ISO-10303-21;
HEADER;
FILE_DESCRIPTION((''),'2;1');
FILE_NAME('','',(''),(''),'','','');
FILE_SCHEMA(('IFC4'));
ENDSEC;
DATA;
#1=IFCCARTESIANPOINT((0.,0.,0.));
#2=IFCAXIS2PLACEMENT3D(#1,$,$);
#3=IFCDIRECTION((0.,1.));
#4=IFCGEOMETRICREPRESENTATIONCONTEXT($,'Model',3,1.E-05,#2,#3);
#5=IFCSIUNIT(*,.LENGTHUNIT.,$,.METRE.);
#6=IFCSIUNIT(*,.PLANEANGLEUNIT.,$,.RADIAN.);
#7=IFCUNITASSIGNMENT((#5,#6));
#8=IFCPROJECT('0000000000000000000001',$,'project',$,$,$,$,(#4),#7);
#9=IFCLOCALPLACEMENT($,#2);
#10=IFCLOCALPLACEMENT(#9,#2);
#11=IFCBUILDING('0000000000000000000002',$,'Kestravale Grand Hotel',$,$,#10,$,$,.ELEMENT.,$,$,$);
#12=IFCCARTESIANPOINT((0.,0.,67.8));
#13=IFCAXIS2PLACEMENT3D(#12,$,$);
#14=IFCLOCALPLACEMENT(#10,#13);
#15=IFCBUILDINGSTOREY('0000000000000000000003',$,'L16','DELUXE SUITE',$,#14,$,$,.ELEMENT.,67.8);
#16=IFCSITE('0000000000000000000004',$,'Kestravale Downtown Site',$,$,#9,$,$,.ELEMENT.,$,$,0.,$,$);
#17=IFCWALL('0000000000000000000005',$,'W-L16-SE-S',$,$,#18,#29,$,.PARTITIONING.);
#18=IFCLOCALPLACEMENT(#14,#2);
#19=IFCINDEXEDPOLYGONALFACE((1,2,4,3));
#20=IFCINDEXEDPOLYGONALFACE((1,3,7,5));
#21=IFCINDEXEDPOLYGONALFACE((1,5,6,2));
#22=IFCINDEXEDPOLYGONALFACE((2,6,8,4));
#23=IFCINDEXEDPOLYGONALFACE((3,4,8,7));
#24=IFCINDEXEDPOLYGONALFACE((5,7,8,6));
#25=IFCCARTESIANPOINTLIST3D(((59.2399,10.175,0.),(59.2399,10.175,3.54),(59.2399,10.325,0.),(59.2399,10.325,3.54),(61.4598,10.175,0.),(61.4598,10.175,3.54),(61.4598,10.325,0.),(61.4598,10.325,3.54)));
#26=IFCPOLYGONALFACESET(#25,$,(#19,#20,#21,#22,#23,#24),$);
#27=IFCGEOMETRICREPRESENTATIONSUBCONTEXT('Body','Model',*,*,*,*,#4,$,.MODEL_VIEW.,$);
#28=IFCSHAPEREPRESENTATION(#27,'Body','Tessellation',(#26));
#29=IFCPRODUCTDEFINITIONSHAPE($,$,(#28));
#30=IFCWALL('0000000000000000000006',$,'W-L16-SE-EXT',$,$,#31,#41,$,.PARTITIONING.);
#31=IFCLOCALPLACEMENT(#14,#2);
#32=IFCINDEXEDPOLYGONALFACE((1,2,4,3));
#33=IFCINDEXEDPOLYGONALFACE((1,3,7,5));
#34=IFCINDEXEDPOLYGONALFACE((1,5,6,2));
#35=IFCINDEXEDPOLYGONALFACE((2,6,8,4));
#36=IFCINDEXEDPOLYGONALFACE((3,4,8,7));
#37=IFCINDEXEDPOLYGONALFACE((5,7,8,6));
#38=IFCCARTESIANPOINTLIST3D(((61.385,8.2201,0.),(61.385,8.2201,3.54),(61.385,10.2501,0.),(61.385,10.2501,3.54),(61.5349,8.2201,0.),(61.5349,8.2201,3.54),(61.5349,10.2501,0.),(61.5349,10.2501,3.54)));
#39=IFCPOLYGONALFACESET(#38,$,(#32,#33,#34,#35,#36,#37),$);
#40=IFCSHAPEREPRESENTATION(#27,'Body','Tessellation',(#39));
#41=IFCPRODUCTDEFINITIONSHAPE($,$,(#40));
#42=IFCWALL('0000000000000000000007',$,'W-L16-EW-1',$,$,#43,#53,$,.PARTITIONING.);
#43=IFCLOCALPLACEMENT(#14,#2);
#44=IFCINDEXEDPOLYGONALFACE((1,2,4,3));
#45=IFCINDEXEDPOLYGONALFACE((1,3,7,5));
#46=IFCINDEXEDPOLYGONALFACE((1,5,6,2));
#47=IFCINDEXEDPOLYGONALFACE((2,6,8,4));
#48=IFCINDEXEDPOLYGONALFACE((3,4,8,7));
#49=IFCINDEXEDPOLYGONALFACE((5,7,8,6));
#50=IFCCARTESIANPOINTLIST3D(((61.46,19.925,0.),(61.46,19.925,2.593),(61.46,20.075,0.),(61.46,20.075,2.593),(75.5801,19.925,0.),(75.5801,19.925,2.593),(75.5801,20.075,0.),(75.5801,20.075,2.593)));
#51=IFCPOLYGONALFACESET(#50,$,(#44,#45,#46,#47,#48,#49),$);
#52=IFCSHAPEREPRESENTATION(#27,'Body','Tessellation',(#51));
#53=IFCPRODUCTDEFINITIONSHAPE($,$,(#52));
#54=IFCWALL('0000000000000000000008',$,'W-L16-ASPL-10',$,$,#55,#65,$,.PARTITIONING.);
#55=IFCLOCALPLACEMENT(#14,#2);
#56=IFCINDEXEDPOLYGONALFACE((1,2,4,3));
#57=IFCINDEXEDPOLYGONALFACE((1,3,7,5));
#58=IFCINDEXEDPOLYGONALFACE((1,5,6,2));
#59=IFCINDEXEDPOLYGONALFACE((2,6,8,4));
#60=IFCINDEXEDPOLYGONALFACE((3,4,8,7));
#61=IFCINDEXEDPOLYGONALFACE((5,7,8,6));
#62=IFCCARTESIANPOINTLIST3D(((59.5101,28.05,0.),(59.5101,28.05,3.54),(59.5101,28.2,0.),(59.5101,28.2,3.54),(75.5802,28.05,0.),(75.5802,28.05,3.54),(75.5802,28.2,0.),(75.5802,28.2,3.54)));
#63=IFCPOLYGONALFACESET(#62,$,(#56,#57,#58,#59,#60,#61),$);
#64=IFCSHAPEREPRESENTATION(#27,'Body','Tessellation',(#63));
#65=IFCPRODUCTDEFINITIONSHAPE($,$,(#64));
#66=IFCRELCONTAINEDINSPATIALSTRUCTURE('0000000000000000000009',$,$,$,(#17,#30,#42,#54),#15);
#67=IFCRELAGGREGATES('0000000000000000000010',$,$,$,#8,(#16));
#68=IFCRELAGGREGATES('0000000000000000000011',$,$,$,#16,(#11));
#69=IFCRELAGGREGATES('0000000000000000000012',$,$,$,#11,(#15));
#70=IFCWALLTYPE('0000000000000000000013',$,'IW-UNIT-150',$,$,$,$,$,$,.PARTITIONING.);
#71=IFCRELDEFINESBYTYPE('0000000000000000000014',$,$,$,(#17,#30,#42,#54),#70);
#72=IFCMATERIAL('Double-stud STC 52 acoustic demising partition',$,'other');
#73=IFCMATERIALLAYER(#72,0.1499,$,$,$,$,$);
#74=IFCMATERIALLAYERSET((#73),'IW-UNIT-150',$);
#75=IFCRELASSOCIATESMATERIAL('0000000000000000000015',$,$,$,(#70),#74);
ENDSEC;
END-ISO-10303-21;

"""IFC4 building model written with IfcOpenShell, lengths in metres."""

from ifc_helpers import new_model, si_unit, direction, frame, frame_2d, origin, place, context, subcontext, project, spatial, rectangle, extrude, material, layer, layer_set, type_object, element, save


model = new_model("IFC4")

# Units and contexts
model_context = context("Model", 3, precision=1e-05, world=origin(), true_north=direction((0.0, 1.0)))
body_context = subcontext(model_context, "Body", "Model", "MODEL_VIEW")
ifc_project = project(units=[si_unit("LENGTHUNIT", "METRE"), si_unit("PLANEANGLEUNIT", "RADIAN")], contexts=[model_context])

# Site, building, storey
site_placement = place(None, origin())
site = spatial("IfcSite", under=ifc_project, at=site_placement, Name="Kestravale Downtown Site", CompositionType="ELEMENT", RefElevation=0.0)
building_placement = place(site_placement, origin())
building = spatial("IfcBuilding", under=site, at=building_placement, Name="Kestravale Grand Hotel", CompositionType="ELEMENT")
storey_placement = place(building_placement, frame((0.0, 0.0, 67.8)))
storey = spatial("IfcBuildingStorey", under=building, at=storey_placement, Name="L16", Description="DELUXE SUITE", CompositionType="ELEMENT", Elevation=67.8)

# Walls
ifc_material_1 = material(Name="Double-stud STC 52 acoustic demising partition", Category="other")
ifc_layer_1 = layer(ifc_material_1, 0.1499)
ifc_layer_set_1 = layer_set([ifc_layer_1], Name="IW-UNIT-150")
wall_type_1 = type_object("IfcWallType", Name="IW-UNIT-150", PredefinedType="PARTITIONING", material=ifc_layer_set_1)
wall_1_placement = place(storey_placement, frame((59.24, 10.25, 0.0), z_axis=(0.0, 0.0, 1.0), x_axis=(1.0, 0.0, 0.0)))
element("IfcWall", 1, at=wall_1_placement, inside=storey, type_object=wall_type_1, Name="W-L16-SE-S", PredefinedType="PARTITIONING", context=body_context, shape_type="SweptSolid", body=[
    extrude(rectangle(XDim=2.22, YDim=0.1499, at=frame_2d((1.1099, 0.0))), origin(), (0.0, 0.0, 1.0), 3.54),
])
wall_2_placement = place(storey_placement, frame((61.46, 8.22, 0.0), z_axis=(0.0, 0.0, 1.0), x_axis=(0.0, 1.0, 0.0)))
element("IfcWall", 2, at=wall_2_placement, inside=storey, type_object=wall_type_1, Name="W-L16-SE-EXT", PredefinedType="PARTITIONING", context=body_context, shape_type="SweptSolid", body=[
    extrude(rectangle(XDim=2.03, YDim=0.1499, at=frame_2d((1.0151, 0.0))), origin(), (0.0, 0.0, 1.0), 3.54),
])
wall_3_placement = place(storey_placement, frame((61.46, 20.0, 0.0), z_axis=(0.0, 0.0, 1.0), x_axis=(1.0, 0.0, 0.0)))
element("IfcWall", 3, at=wall_3_placement, inside=storey, type_object=wall_type_1, Name="W-L16-EW-1", PredefinedType="PARTITIONING", context=body_context, shape_type="SweptSolid", body=[
    extrude(rectangle(XDim=14.1201, YDim=0.1499, at=frame_2d((7.0601, 0.0))), origin(), (0.0, 0.0, 1.0), 2.593),
])
wall_4_placement = place(storey_placement, frame((59.51, 28.125, 0.0), z_axis=(0.0, 0.0, 1.0), x_axis=(1.0, 0.0, 0.0)))
element("IfcWall", 4, at=wall_4_placement, inside=storey, type_object=wall_type_1, Name="W-L16-ASPL-10", PredefinedType="PARTITIONING", context=body_context, shape_type="SweptSolid", body=[
    extrude(rectangle(XDim=16.0701, YDim=0.1499, at=frame_2d((8.0352, 0.0))), origin(), (0.0, 0.0, 1.0), 3.54),
])

save(model, "model.ifc")
